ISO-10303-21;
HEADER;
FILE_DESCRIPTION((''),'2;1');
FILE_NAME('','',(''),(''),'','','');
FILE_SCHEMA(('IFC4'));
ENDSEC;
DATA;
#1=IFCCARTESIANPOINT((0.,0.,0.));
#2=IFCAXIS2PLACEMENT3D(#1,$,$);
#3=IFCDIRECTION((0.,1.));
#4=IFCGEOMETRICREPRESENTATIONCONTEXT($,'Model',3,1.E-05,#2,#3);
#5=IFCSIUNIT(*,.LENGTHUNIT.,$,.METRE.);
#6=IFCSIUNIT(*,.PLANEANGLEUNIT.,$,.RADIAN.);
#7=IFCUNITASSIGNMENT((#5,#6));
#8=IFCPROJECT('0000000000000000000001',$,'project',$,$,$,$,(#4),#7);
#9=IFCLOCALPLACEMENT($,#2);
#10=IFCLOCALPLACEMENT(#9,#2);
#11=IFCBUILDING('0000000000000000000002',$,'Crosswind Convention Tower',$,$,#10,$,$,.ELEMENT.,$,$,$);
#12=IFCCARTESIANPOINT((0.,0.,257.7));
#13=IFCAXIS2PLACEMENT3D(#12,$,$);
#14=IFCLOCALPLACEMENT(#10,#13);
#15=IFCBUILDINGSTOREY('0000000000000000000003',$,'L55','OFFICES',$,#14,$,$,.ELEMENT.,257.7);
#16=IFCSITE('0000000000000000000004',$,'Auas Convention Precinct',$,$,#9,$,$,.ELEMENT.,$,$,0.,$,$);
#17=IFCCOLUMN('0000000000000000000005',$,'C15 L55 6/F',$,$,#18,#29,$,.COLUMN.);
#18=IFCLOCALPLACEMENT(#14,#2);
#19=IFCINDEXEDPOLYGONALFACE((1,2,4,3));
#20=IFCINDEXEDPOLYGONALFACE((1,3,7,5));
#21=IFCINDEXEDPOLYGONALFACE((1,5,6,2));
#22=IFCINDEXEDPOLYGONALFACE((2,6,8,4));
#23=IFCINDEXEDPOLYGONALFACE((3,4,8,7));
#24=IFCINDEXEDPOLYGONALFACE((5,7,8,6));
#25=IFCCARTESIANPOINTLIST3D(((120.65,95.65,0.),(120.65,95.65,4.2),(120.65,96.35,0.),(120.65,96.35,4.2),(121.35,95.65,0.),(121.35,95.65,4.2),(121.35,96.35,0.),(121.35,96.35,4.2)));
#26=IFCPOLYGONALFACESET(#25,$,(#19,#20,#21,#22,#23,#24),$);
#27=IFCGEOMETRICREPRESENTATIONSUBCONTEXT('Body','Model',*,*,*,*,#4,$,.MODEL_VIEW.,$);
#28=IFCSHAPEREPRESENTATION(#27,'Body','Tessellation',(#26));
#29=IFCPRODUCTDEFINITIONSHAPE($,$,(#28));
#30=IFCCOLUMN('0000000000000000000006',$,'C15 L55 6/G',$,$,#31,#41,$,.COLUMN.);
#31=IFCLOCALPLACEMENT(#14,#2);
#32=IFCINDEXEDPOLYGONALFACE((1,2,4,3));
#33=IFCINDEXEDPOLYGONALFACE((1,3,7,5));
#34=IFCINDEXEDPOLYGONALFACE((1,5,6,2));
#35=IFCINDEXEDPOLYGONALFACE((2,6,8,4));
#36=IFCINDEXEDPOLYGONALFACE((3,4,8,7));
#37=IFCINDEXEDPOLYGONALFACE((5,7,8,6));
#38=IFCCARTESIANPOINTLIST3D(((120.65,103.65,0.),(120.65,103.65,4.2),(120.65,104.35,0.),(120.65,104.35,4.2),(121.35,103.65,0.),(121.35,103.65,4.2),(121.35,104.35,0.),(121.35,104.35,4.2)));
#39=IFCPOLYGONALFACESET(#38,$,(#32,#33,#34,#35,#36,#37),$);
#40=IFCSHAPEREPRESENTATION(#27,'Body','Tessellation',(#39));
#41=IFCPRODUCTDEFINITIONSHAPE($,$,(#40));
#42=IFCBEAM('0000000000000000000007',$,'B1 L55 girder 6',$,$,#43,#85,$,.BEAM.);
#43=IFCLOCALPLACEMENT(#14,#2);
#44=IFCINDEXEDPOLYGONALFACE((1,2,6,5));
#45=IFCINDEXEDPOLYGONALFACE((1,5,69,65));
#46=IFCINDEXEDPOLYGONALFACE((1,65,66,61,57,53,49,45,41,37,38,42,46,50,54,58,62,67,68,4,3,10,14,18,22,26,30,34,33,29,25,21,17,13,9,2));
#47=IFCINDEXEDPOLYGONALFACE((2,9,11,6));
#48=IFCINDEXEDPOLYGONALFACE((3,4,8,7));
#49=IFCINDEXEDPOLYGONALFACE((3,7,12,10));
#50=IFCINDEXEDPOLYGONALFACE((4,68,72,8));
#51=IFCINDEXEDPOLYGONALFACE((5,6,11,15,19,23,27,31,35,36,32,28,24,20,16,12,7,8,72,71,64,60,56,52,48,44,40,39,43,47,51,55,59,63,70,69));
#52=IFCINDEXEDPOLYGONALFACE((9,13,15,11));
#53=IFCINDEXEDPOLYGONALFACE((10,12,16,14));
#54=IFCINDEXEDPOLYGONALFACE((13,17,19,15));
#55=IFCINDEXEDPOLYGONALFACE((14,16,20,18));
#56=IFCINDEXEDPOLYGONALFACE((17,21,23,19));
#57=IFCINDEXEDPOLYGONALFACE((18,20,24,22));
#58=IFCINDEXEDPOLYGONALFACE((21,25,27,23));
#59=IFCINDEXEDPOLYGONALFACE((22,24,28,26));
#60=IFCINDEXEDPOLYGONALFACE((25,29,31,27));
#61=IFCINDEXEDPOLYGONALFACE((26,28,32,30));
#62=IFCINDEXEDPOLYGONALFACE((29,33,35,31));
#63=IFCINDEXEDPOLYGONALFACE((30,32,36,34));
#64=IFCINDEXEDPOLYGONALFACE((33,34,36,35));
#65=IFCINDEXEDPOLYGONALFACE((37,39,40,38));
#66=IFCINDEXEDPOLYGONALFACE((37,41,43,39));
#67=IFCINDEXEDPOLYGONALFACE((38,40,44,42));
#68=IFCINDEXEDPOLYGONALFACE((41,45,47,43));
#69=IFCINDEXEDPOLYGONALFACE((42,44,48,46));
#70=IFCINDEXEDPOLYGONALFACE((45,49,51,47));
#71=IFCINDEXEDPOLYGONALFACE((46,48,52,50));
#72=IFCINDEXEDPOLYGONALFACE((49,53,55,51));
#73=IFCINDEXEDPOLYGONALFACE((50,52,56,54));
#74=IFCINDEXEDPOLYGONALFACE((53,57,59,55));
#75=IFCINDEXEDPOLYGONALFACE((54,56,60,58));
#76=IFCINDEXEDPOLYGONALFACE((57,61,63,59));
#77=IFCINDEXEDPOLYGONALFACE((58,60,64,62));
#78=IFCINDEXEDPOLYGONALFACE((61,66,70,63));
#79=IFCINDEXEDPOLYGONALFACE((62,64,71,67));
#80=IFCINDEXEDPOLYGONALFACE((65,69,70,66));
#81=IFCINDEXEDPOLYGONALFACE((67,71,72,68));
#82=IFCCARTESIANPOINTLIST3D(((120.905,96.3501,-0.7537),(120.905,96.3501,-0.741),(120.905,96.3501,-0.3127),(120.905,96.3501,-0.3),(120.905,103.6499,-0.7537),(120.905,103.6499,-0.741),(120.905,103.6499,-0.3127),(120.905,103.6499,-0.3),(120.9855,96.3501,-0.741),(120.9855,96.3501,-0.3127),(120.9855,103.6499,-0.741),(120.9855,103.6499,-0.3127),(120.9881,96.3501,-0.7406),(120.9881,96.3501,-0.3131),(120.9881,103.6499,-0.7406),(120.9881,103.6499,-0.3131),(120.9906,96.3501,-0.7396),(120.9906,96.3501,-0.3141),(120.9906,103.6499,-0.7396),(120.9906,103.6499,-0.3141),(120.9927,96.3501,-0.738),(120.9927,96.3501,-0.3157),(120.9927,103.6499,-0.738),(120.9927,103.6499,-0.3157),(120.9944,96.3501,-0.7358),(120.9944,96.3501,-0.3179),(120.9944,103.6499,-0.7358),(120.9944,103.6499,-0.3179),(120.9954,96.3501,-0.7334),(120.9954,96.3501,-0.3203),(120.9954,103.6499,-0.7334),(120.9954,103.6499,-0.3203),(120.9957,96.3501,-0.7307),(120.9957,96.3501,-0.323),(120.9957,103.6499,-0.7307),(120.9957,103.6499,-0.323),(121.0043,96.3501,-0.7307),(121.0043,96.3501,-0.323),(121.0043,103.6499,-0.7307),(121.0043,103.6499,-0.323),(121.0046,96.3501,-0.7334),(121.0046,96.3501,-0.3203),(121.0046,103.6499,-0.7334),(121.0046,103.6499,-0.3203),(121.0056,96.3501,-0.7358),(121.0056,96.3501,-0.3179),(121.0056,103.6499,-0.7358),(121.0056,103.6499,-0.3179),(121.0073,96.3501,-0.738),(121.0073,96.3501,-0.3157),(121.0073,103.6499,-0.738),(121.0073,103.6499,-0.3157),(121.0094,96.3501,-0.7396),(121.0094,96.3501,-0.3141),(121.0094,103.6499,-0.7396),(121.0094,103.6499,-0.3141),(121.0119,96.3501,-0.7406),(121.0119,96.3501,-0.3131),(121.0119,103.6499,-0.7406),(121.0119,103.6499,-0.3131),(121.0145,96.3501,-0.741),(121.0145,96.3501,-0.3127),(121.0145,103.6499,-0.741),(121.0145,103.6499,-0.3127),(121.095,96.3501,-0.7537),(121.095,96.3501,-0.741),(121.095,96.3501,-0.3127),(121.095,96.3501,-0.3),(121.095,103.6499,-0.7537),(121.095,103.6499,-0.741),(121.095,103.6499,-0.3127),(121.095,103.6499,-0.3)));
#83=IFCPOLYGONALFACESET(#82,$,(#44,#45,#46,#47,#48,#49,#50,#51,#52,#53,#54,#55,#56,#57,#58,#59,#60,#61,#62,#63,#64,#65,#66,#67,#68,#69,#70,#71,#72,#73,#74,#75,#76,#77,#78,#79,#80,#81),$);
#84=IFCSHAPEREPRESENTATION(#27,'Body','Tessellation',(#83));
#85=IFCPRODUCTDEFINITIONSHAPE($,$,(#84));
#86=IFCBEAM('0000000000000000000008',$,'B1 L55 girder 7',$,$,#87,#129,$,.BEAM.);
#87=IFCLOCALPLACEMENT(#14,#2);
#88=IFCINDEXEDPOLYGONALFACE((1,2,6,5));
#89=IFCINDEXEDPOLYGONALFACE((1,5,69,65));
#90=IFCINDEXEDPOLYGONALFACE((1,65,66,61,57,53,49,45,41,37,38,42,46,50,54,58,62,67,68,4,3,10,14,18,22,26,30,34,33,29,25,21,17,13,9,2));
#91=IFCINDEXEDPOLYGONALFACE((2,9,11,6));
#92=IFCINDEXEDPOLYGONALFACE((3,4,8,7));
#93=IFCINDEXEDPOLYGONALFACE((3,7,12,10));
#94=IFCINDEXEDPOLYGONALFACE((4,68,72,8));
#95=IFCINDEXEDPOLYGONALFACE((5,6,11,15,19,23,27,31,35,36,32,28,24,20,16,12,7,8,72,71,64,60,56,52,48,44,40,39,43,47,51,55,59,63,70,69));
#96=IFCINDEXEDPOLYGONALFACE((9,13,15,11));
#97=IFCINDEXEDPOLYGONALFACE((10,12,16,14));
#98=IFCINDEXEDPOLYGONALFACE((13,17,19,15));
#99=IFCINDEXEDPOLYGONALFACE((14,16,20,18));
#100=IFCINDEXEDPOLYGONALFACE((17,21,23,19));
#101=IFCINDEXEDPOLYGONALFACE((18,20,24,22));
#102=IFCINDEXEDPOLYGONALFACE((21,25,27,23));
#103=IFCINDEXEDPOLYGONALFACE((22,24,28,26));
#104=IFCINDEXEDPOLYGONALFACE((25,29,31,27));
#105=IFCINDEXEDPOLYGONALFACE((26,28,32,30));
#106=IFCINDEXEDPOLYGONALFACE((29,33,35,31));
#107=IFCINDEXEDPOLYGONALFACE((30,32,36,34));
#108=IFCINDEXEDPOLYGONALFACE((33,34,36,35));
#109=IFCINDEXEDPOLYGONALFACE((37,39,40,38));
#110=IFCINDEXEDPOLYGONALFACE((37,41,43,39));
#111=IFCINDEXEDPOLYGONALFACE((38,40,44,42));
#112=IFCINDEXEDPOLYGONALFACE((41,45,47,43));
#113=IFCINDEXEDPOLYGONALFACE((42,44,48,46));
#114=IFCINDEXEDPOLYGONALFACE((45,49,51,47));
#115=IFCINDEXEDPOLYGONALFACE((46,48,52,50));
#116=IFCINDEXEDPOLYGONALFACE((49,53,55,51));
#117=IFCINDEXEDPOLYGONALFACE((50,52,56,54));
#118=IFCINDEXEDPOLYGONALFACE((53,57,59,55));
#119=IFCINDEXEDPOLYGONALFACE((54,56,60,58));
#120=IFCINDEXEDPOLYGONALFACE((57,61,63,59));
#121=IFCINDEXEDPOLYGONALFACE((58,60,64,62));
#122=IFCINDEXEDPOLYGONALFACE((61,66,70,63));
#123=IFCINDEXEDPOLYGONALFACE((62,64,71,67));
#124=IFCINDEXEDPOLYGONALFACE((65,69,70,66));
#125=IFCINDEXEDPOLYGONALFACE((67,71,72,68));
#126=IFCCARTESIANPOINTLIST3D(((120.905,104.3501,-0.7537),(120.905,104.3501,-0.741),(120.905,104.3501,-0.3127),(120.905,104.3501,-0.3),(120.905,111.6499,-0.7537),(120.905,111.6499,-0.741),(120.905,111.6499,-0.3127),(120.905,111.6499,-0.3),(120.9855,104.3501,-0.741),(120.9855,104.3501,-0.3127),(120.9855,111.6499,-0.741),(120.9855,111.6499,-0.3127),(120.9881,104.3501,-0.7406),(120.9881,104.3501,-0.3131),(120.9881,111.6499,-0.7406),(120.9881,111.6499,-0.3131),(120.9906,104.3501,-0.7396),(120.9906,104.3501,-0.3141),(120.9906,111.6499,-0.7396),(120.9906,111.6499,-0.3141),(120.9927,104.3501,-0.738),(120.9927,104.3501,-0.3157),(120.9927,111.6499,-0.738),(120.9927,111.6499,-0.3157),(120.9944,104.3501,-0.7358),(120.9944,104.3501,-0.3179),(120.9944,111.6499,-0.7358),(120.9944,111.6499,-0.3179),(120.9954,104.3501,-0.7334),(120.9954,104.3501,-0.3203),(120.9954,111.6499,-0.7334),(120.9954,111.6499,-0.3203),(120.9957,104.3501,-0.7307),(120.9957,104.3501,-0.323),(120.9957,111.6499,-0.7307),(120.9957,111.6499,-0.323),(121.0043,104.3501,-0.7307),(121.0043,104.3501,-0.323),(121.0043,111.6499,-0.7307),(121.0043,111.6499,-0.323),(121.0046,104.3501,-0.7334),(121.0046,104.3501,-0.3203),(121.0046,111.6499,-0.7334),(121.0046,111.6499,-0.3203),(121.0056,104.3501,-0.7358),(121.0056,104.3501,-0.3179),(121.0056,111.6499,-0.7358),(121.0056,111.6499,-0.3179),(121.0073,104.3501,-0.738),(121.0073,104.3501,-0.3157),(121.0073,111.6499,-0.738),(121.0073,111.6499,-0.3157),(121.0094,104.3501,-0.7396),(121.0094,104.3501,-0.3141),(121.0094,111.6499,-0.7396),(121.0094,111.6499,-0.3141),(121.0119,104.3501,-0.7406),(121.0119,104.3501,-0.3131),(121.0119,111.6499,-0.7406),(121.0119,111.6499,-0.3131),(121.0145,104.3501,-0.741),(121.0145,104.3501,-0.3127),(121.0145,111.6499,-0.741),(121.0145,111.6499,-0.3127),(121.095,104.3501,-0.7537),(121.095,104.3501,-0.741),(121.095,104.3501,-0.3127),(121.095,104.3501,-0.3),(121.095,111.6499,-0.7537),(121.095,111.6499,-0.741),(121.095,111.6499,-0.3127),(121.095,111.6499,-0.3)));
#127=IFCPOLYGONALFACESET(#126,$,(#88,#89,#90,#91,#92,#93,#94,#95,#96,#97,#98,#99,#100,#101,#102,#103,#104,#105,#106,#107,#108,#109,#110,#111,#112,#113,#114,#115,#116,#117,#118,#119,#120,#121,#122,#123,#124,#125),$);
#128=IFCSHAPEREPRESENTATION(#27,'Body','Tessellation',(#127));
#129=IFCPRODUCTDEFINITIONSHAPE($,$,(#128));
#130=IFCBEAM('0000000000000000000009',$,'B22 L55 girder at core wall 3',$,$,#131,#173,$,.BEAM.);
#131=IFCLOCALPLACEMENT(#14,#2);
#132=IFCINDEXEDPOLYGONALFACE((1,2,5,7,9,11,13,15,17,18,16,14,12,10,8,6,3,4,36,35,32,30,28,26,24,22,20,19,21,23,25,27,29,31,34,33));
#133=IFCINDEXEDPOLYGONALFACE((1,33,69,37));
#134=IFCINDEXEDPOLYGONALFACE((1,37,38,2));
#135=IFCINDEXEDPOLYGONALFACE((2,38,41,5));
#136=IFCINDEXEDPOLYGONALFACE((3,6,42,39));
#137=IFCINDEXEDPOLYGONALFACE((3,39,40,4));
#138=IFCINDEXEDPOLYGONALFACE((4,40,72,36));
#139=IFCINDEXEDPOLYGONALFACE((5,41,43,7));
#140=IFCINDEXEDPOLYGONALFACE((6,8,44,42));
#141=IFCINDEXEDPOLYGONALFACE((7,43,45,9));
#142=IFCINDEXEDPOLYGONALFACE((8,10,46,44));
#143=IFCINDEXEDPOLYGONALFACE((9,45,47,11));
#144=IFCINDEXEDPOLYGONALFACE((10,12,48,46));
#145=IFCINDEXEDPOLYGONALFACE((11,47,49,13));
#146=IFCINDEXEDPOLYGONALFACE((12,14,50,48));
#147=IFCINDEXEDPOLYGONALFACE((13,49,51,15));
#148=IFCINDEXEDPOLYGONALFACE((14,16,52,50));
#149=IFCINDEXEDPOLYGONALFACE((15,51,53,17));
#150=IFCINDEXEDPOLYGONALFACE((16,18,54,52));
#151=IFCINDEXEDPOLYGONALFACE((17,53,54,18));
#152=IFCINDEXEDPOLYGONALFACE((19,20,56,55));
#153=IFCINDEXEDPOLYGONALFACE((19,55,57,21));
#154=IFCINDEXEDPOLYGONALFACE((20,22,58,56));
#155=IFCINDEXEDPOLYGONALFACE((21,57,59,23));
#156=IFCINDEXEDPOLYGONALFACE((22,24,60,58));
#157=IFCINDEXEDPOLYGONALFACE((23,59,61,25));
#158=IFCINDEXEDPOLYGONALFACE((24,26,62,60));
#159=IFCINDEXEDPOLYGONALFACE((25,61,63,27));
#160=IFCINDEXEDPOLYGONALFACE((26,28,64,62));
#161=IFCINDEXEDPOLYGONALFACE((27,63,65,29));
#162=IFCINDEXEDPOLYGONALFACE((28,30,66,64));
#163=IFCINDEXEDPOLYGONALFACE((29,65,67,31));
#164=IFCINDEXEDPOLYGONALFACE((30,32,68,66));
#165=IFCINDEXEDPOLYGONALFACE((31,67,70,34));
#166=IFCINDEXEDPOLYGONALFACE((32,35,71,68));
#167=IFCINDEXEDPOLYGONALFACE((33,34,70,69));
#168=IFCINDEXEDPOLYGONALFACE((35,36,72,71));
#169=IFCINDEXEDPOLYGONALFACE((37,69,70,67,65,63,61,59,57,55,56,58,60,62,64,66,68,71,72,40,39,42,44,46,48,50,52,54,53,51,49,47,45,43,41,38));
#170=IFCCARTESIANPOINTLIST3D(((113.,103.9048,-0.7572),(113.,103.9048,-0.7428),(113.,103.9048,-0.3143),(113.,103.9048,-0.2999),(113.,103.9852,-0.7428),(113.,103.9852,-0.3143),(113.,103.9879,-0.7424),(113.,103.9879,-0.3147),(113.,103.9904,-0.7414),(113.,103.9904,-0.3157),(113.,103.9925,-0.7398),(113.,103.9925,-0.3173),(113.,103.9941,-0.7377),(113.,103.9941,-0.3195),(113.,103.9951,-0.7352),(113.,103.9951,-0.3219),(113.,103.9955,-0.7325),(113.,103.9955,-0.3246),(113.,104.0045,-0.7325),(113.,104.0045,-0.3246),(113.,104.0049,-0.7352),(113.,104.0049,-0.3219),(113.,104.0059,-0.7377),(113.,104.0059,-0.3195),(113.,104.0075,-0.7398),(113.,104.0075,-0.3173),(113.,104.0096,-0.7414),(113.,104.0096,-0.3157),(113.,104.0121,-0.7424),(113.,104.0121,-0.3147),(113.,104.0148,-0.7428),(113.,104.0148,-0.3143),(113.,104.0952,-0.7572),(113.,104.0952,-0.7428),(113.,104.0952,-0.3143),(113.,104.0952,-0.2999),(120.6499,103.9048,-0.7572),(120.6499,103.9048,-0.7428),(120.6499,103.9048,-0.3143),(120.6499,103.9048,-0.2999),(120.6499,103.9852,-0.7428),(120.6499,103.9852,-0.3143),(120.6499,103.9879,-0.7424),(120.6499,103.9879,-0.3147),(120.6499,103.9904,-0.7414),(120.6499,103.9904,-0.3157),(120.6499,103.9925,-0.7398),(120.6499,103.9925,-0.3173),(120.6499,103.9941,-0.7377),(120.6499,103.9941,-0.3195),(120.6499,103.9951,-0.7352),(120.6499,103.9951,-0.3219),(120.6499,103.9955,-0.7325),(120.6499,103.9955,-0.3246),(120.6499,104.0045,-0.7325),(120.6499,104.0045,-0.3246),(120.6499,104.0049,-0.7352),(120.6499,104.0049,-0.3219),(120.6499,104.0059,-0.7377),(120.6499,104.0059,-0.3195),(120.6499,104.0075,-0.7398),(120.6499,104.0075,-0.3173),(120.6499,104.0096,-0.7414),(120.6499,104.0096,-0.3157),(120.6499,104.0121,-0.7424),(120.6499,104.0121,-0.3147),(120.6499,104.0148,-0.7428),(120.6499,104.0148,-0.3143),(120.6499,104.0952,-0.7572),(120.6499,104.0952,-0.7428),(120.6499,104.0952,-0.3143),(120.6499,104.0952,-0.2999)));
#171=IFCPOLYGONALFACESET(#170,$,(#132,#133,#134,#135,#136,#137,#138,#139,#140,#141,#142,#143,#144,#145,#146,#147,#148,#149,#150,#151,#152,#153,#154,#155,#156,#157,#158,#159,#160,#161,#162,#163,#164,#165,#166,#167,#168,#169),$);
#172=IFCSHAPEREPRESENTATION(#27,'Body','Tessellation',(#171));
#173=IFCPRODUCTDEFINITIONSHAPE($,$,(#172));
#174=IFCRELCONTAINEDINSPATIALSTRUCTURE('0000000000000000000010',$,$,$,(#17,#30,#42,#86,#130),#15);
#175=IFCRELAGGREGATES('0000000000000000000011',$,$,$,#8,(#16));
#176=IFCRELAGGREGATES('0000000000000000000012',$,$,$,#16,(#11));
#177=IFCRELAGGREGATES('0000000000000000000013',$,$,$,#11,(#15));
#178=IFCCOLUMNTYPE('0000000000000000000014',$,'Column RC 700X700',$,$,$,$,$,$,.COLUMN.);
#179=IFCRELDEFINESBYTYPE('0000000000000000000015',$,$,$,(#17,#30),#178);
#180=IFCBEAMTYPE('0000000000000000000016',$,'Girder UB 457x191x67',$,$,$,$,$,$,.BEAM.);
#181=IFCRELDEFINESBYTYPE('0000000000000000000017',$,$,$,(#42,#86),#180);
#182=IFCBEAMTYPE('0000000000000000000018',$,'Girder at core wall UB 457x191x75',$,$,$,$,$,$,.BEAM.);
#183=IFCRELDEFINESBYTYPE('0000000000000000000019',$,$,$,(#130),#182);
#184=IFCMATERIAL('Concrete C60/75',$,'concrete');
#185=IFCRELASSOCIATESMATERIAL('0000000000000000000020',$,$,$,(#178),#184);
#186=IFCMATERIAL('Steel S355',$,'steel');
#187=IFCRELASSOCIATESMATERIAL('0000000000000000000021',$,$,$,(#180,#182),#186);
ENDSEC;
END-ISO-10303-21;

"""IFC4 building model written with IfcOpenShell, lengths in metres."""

from ifc_helpers import new_model, si_unit, direction, frame, origin, origin_2d, place, context, subcontext, project, spatial, rectangle, i_section, extrude, material, material_profile, profile_set, type_object, element, save


model = new_model("IFC4")

# Units and contexts
model_context = context("Model", 3, precision=1e-05, world=origin(), true_north=direction((0.0, 1.0)))
body_context = subcontext(model_context, "Body", "Model", "MODEL_VIEW")
ifc_project = project(units=[si_unit("LENGTHUNIT", "METRE"), si_unit("PLANEANGLEUNIT", "RADIAN")], contexts=[model_context])

# Site, building, storey
site_placement = place(None, origin())
site = spatial("IfcSite", under=ifc_project, at=site_placement, Name="Auas Convention Precinct", CompositionType="ELEMENT", RefElevation=0.0)
building_placement = place(site_placement, origin())
building = spatial("IfcBuilding", under=site, at=building_placement, Name="Crosswind Convention Tower", CompositionType="ELEMENT")
storey_placement = place(building_placement, frame((0.0, 0.0, 257.7)))
storey = spatial("IfcBuildingStorey", under=building, at=storey_placement, Name="L55", Description="OFFICES", CompositionType="ELEMENT", Elevation=257.7)

# Columns
ifc_material_1 = material(Name="Concrete C60/75", Category="concrete")
ifc_material_profile_1 = material_profile(ifc_material_1, rectangle(XDim=0.7, YDim=0.7, at=origin_2d()), Name="RC 700X700")
ifc_profile_set_1 = profile_set([ifc_material_profile_1], Name="Concrete C60/75")
column_type = type_object("IfcColumnType", Name="Column RC 700X700", PredefinedType="COLUMN", material=ifc_profile_set_1)
for number, where, z_axis, x_axis, name in (
    (1, (121.0, 96.0, 0.0), (0.0, 0.0, 1.0), (1.0, 0.0, 0.0), "C15 L55 6/F"),
    (2, (121.0, 104.0, 0.0), (0.0, 0.0, 1.0), (1.0, 0.0, 0.0), "C15 L55 6/G"),
):
    element("IfcColumn", number, at=place(storey_placement, frame(where, z_axis=z_axis, x_axis=x_axis)), inside=storey, type_object=column_type, Name=name, PredefinedType="COLUMN", context=body_context, shape_type="SweptSolid", body=[
        extrude(rectangle(XDim=0.7, YDim=0.7, at=origin_2d()), origin(), (0.0, 0.0, 1.0), 4.2),
    ])

# Beams
ifc_material_2 = material(Name="Steel S355", Category="steel")
ifc_material_profile_2 = material_profile(ifc_material_2, i_section(OverallWidth=0.1899, OverallDepth=0.4536, WebThickness=0.0085, FlangeThickness=0.0127, FilletRadius=0.0103, at=origin_2d()), Name="UB 457x191x67")
ifc_profile_set_2 = profile_set([ifc_material_profile_2], Name="Steel S355")
beam_type_1 = type_object("IfcBeamType", Name="Girder UB 457x191x67", PredefinedType="BEAM", material=ifc_profile_set_2)
for number, where, z_axis, x_axis, name in (
    (3, (121.0, 96.3501, -0.5269), (0.0, 1.0, 0.0), (-1.0, 0.0, 0.0), "B1 L55 girder 6"),
    (4, (121.0, 104.3501, -0.5269), (0.0, 1.0, 0.0), (-1.0, 0.0, 0.0), "B1 L55 girder 7"),
):
    element("IfcBeam", number, at=place(storey_placement, frame(where, z_axis=z_axis, x_axis=x_axis)), inside=storey, type_object=beam_type_1, Name=name, PredefinedType="BEAM", context=body_context, shape_type="SweptSolid", body=[
        extrude(i_section(OverallWidth=0.1899, OverallDepth=0.4536, WebThickness=0.0085, FlangeThickness=0.0127, FilletRadius=0.0103, at=origin_2d()), origin(), (0.0, 0.0, 1.0), 7.2998),
    ])
ifc_material_profile_3 = material_profile(ifc_material_2, i_section(OverallWidth=0.1904, OverallDepth=0.4573, WebThickness=0.009, FlangeThickness=0.0144, FilletRadius=0.0103, at=origin_2d()), Name="UB 457x191x75")
ifc_profile_set_3 = profile_set([ifc_material_profile_3], Name="Steel S355")
beam_type_2 = type_object("IfcBeamType", Name="Girder at core wall UB 457x191x75", PredefinedType="BEAM", material=ifc_profile_set_3)
beam_placement = place(storey_placement, frame((113.0, 104.0, -0.5286), z_axis=(1.0, 0.0, 0.0), x_axis=(0.0, 1.0, 0.0)))
element("IfcBeam", 5, at=beam_placement, inside=storey, type_object=beam_type_2, Name="B22 L55 girder at core wall 3", PredefinedType="BEAM", context=body_context, shape_type="SweptSolid", body=[
    extrude(i_section(OverallWidth=0.1904, OverallDepth=0.4573, WebThickness=0.009, FlangeThickness=0.0144, FilletRadius=0.0103, at=origin_2d()), origin(), (0.0, 0.0, 1.0), 7.6499),
])

save(model, "model.ifc")
